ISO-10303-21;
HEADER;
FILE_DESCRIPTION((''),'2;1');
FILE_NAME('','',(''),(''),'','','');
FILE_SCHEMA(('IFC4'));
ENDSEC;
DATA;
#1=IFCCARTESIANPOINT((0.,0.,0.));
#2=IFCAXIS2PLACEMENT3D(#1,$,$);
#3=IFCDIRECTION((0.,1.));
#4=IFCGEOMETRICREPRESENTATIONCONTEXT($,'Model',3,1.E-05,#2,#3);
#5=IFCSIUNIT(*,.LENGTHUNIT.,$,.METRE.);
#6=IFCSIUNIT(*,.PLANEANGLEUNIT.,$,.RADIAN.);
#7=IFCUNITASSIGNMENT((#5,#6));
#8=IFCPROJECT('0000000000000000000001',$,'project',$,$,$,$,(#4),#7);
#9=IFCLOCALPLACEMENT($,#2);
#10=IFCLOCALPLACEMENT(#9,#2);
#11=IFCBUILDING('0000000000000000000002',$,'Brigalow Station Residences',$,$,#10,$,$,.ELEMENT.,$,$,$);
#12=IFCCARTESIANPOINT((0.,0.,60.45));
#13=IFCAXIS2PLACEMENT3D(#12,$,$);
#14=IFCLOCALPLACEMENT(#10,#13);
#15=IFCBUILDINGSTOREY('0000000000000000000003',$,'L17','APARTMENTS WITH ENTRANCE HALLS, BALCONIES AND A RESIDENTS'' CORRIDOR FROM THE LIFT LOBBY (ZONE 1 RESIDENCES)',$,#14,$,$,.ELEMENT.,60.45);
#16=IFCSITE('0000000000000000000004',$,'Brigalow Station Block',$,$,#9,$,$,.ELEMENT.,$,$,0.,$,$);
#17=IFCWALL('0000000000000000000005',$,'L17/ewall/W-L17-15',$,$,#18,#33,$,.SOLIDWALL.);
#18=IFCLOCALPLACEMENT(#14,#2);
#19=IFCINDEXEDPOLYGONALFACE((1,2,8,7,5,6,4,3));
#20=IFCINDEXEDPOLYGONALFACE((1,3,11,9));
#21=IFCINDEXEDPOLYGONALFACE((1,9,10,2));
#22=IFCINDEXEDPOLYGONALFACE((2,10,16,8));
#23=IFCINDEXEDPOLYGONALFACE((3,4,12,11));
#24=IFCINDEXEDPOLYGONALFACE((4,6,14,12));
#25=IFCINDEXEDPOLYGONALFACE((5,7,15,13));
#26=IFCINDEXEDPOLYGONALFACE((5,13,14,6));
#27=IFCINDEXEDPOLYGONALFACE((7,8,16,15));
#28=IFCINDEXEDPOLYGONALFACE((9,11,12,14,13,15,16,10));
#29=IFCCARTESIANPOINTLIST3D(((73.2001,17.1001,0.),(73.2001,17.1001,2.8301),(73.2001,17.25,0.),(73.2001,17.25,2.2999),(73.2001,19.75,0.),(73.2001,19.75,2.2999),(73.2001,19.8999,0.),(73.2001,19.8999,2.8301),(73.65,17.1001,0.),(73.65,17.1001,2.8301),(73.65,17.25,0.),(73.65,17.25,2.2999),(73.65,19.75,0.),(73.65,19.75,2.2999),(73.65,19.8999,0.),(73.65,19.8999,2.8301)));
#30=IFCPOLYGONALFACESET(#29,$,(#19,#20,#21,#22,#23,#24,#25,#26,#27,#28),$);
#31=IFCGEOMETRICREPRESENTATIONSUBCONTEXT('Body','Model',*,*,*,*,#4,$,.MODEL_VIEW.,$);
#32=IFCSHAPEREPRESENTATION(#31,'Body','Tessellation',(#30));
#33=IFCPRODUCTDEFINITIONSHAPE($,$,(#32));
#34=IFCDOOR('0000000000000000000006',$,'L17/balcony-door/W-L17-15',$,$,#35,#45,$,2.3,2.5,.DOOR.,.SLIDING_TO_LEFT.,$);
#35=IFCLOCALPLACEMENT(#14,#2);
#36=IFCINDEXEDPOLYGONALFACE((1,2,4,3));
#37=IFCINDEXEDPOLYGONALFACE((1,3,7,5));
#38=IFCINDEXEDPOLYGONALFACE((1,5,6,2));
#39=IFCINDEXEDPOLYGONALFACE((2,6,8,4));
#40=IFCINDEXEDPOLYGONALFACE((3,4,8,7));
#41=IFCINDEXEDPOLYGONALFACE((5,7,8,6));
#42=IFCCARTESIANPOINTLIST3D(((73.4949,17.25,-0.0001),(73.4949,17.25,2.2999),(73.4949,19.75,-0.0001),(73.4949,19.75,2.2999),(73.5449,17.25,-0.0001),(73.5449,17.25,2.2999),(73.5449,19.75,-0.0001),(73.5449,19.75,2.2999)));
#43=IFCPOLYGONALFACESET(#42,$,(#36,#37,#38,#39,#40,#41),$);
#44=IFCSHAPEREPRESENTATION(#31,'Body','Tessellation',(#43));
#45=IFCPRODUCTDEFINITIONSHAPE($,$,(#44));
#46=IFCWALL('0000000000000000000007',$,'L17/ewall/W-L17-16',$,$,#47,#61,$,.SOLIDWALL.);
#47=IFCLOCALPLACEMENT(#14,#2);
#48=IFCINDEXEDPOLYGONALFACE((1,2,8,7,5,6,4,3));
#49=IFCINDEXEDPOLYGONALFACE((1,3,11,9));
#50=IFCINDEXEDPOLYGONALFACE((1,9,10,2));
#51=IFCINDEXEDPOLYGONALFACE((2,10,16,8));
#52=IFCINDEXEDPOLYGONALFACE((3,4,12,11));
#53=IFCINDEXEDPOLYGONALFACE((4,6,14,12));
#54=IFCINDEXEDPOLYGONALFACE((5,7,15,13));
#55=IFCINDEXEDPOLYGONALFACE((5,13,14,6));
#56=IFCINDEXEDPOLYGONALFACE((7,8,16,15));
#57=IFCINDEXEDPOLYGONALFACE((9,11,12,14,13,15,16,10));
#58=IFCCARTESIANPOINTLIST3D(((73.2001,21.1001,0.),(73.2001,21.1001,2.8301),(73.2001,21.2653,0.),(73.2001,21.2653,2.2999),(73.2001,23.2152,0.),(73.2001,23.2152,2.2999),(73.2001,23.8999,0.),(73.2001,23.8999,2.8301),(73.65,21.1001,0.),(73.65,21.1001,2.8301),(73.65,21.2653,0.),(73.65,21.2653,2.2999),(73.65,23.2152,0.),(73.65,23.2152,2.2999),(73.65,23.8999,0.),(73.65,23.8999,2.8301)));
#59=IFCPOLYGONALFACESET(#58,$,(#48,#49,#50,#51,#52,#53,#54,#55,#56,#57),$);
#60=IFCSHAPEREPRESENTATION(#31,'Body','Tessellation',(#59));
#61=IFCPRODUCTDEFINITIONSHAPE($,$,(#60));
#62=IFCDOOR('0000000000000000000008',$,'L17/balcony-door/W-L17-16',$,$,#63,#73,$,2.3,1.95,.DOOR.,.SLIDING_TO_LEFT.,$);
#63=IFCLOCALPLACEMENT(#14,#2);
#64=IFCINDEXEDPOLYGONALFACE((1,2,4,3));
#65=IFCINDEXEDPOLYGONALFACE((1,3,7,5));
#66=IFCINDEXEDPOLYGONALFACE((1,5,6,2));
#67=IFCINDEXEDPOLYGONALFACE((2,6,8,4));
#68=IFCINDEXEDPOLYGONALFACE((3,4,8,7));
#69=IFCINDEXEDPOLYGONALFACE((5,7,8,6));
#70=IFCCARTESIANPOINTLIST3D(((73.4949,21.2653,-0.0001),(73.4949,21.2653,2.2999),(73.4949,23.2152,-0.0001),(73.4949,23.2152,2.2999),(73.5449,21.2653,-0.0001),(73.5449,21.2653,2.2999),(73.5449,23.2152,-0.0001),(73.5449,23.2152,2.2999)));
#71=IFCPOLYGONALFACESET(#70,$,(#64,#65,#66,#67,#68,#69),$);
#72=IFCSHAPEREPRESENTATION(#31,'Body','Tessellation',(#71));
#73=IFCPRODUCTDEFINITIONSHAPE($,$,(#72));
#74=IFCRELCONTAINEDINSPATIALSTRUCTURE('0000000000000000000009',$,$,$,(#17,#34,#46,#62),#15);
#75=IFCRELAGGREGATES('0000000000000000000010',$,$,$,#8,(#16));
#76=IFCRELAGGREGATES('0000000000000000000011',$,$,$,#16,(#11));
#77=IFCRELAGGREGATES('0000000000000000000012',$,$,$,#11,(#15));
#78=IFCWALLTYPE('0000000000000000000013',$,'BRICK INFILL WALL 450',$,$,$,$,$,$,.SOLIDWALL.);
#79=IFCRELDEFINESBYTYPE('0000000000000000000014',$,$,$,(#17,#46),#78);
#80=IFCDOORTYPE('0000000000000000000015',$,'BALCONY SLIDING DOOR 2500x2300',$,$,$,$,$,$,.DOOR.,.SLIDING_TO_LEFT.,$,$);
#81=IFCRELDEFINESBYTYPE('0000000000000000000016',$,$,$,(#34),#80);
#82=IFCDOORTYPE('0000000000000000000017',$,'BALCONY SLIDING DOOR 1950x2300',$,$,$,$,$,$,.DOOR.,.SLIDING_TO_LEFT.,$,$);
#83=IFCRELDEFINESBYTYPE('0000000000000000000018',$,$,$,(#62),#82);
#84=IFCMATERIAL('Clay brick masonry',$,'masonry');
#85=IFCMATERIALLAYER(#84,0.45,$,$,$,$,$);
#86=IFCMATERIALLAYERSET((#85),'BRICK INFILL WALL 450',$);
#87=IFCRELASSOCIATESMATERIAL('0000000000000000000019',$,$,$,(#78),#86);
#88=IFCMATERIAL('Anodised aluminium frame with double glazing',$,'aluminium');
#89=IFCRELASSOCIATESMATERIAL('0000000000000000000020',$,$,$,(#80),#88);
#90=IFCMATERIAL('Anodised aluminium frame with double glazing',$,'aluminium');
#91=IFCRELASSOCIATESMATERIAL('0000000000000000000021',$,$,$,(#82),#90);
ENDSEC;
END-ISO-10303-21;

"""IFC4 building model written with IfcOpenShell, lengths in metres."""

from ifc_helpers import new_model, si_unit, direction, frame, frame_2d, origin, place, context, subcontext, project, spatial, rectangle, extrude, material, layer, layer_set, type_object, element, fill, save


model = new_model("IFC4")

# Units and contexts
model_context = context("Model", 3, precision=1e-05, world=origin(), true_north=direction((0.0, 1.0)))
body_context = subcontext(model_context, "Body", "Model", "MODEL_VIEW")
ifc_project = project(units=[si_unit("LENGTHUNIT", "METRE"), si_unit("PLANEANGLEUNIT", "RADIAN")], contexts=[model_context])

# Site, building, storey
site_placement = place(None, origin())
site = spatial("IfcSite", under=ifc_project, at=site_placement, Name="Brigalow Station Block", CompositionType="ELEMENT", RefElevation=0.0)
building_placement = place(site_placement, origin())
building = spatial("IfcBuilding", under=site, at=building_placement, Name="Brigalow Station Residences", CompositionType="ELEMENT")
storey_placement = place(building_placement, frame((0.0, 0.0, 60.45)))
storey = spatial("IfcBuildingStorey", under=building, at=storey_placement, Name="L17", Description="APARTMENTS WITH ENTRANCE HALLS, BALCONIES AND A RESIDENTS' CORRIDOR FROM THE LIFT LOBBY (ZONE 1 RESIDENCES)", CompositionType="ELEMENT", Elevation=60.45)

# Shared definitions
ifc_material_1 = material(Name="Clay brick masonry", Category="masonry")
ifc_layer = layer(ifc_material_1, 0.45)
ifc_layer_set = layer_set([ifc_layer], Name="BRICK INFILL WALL 450")
wall_type = type_object("IfcWallType", Name="BRICK INFILL WALL 450", PredefinedType="SOLIDWALL", material=ifc_layer_set)

# Walls, openings, doors
wall_1_placement = place(storey_placement, frame((73.425, 17.1001, 0.0), z_axis=(0.0, 0.0, 1.0), x_axis=(0.0, 1.0, 0.0)))
wall_1 = element("IfcWall", 1, at=wall_1_placement, inside=storey, type_object=wall_type, Name="L17/ewall/W-L17-15", PredefinedType="SOLIDWALL", context=body_context, shape_type="SweptSolid", body=[
    extrude(rectangle(XDim=2.7998, YDim=0.45, at=frame_2d((1.3999, 0.0))), origin(), (0.0, 0.0, 1.0), 2.8301),
])
opening_1_placement = place(wall_1_placement, frame((0.1499, 0.0, 0.0)))
opening_1 = element("IfcOpeningElement", 2, at=opening_1_placement, cuts=wall_1, PredefinedType="OPENING", context=body_context, shape_type="SweptSolid", body=[
    extrude(rectangle(XDim=2.5, YDim=2.3, at=frame_2d((1.25, 1.1499))), frame((0.0, 0.2349, 0.0), z_axis=(0.0, -1.0, 0.0), x_axis=(1.0, 0.0, 0.0)), (0.0, 0.0, 1.0), 0.47),
])
ifc_material_2 = material(Name="Anodised aluminium frame with double glazing", Category="aluminium")
door_type_1 = type_object("IfcDoorType", Name="BALCONY SLIDING DOOR 2500x2300", OperationType="SLIDING_TO_LEFT", PredefinedType="DOOR", material=ifc_material_2)
door_1_placement = place(opening_1_placement, origin())
door_1 = element("IfcDoor", 3, at=door_1_placement, inside=storey, type_object=door_type_1, Name="L17/balcony-door/W-L17-15", OperationType="SLIDING_TO_LEFT", OverallHeight=2.3, OverallWidth=2.5, PredefinedType="DOOR", context=body_context, shape_type="SweptSolid", body=[
    extrude(rectangle(XDim=2.5, YDim=2.3, at=frame_2d((1.25, 1.1499))), frame((0.0, -0.0698, 0.0), z_axis=(0.0, -1.0, 0.0), x_axis=(1.0, 0.0, 0.0)), (0.0, 0.0, 1.0), 0.05),
])
fill(opening_1, door_1)
wall_2_placement = place(storey_placement, frame((73.425, 21.1001, 0.0), z_axis=(0.0, 0.0, 1.0), x_axis=(0.0, 1.0, 0.0)))
wall_2 = element("IfcWall", 4, at=wall_2_placement, inside=storey, type_object=wall_type, Name="L17/ewall/W-L17-16", PredefinedType="SOLIDWALL", context=body_context, shape_type="SweptSolid", body=[
    extrude(rectangle(XDim=2.7998, YDim=0.45, at=frame_2d((1.3999, 0.0))), origin(), (0.0, 0.0, 1.0), 2.8301),
])
opening_2_placement = place(wall_2_placement, frame((0.165, 0.0, 0.0)))
opening_2 = element("IfcOpeningElement", 5, at=opening_2_placement, cuts=wall_2, PredefinedType="OPENING", context=body_context, shape_type="SweptSolid", body=[
    extrude(rectangle(XDim=1.95, YDim=2.3, at=frame_2d((0.9751, 1.1499))), frame((0.0, 0.2349, 0.0), z_axis=(0.0, -1.0, 0.0), x_axis=(1.0, 0.0, 0.0)), (0.0, 0.0, 1.0), 0.47),
])
ifc_material_3 = material(Name="Anodised aluminium frame with double glazing", Category="aluminium")
door_type_2 = type_object("IfcDoorType", Name="BALCONY SLIDING DOOR 1950x2300", OperationType="SLIDING_TO_LEFT", PredefinedType="DOOR", material=ifc_material_3)
door_2_placement = place(opening_2_placement, origin())
door_2 = element("IfcDoor", 6, at=door_2_placement, inside=storey, type_object=door_type_2, Name="L17/balcony-door/W-L17-16", OperationType="SLIDING_TO_LEFT", OverallHeight=2.3, OverallWidth=1.95, PredefinedType="DOOR", context=body_context, shape_type="SweptSolid", body=[
    extrude(rectangle(XDim=1.95, YDim=2.3, at=frame_2d((0.9751, 1.1499))), frame((0.0, -0.0698, 0.0), z_axis=(0.0, -1.0, 0.0), x_axis=(1.0, 0.0, 0.0)), (0.0, 0.0, 1.0), 0.05),
])
fill(opening_2, door_2)

save(model, "model.ifc")
